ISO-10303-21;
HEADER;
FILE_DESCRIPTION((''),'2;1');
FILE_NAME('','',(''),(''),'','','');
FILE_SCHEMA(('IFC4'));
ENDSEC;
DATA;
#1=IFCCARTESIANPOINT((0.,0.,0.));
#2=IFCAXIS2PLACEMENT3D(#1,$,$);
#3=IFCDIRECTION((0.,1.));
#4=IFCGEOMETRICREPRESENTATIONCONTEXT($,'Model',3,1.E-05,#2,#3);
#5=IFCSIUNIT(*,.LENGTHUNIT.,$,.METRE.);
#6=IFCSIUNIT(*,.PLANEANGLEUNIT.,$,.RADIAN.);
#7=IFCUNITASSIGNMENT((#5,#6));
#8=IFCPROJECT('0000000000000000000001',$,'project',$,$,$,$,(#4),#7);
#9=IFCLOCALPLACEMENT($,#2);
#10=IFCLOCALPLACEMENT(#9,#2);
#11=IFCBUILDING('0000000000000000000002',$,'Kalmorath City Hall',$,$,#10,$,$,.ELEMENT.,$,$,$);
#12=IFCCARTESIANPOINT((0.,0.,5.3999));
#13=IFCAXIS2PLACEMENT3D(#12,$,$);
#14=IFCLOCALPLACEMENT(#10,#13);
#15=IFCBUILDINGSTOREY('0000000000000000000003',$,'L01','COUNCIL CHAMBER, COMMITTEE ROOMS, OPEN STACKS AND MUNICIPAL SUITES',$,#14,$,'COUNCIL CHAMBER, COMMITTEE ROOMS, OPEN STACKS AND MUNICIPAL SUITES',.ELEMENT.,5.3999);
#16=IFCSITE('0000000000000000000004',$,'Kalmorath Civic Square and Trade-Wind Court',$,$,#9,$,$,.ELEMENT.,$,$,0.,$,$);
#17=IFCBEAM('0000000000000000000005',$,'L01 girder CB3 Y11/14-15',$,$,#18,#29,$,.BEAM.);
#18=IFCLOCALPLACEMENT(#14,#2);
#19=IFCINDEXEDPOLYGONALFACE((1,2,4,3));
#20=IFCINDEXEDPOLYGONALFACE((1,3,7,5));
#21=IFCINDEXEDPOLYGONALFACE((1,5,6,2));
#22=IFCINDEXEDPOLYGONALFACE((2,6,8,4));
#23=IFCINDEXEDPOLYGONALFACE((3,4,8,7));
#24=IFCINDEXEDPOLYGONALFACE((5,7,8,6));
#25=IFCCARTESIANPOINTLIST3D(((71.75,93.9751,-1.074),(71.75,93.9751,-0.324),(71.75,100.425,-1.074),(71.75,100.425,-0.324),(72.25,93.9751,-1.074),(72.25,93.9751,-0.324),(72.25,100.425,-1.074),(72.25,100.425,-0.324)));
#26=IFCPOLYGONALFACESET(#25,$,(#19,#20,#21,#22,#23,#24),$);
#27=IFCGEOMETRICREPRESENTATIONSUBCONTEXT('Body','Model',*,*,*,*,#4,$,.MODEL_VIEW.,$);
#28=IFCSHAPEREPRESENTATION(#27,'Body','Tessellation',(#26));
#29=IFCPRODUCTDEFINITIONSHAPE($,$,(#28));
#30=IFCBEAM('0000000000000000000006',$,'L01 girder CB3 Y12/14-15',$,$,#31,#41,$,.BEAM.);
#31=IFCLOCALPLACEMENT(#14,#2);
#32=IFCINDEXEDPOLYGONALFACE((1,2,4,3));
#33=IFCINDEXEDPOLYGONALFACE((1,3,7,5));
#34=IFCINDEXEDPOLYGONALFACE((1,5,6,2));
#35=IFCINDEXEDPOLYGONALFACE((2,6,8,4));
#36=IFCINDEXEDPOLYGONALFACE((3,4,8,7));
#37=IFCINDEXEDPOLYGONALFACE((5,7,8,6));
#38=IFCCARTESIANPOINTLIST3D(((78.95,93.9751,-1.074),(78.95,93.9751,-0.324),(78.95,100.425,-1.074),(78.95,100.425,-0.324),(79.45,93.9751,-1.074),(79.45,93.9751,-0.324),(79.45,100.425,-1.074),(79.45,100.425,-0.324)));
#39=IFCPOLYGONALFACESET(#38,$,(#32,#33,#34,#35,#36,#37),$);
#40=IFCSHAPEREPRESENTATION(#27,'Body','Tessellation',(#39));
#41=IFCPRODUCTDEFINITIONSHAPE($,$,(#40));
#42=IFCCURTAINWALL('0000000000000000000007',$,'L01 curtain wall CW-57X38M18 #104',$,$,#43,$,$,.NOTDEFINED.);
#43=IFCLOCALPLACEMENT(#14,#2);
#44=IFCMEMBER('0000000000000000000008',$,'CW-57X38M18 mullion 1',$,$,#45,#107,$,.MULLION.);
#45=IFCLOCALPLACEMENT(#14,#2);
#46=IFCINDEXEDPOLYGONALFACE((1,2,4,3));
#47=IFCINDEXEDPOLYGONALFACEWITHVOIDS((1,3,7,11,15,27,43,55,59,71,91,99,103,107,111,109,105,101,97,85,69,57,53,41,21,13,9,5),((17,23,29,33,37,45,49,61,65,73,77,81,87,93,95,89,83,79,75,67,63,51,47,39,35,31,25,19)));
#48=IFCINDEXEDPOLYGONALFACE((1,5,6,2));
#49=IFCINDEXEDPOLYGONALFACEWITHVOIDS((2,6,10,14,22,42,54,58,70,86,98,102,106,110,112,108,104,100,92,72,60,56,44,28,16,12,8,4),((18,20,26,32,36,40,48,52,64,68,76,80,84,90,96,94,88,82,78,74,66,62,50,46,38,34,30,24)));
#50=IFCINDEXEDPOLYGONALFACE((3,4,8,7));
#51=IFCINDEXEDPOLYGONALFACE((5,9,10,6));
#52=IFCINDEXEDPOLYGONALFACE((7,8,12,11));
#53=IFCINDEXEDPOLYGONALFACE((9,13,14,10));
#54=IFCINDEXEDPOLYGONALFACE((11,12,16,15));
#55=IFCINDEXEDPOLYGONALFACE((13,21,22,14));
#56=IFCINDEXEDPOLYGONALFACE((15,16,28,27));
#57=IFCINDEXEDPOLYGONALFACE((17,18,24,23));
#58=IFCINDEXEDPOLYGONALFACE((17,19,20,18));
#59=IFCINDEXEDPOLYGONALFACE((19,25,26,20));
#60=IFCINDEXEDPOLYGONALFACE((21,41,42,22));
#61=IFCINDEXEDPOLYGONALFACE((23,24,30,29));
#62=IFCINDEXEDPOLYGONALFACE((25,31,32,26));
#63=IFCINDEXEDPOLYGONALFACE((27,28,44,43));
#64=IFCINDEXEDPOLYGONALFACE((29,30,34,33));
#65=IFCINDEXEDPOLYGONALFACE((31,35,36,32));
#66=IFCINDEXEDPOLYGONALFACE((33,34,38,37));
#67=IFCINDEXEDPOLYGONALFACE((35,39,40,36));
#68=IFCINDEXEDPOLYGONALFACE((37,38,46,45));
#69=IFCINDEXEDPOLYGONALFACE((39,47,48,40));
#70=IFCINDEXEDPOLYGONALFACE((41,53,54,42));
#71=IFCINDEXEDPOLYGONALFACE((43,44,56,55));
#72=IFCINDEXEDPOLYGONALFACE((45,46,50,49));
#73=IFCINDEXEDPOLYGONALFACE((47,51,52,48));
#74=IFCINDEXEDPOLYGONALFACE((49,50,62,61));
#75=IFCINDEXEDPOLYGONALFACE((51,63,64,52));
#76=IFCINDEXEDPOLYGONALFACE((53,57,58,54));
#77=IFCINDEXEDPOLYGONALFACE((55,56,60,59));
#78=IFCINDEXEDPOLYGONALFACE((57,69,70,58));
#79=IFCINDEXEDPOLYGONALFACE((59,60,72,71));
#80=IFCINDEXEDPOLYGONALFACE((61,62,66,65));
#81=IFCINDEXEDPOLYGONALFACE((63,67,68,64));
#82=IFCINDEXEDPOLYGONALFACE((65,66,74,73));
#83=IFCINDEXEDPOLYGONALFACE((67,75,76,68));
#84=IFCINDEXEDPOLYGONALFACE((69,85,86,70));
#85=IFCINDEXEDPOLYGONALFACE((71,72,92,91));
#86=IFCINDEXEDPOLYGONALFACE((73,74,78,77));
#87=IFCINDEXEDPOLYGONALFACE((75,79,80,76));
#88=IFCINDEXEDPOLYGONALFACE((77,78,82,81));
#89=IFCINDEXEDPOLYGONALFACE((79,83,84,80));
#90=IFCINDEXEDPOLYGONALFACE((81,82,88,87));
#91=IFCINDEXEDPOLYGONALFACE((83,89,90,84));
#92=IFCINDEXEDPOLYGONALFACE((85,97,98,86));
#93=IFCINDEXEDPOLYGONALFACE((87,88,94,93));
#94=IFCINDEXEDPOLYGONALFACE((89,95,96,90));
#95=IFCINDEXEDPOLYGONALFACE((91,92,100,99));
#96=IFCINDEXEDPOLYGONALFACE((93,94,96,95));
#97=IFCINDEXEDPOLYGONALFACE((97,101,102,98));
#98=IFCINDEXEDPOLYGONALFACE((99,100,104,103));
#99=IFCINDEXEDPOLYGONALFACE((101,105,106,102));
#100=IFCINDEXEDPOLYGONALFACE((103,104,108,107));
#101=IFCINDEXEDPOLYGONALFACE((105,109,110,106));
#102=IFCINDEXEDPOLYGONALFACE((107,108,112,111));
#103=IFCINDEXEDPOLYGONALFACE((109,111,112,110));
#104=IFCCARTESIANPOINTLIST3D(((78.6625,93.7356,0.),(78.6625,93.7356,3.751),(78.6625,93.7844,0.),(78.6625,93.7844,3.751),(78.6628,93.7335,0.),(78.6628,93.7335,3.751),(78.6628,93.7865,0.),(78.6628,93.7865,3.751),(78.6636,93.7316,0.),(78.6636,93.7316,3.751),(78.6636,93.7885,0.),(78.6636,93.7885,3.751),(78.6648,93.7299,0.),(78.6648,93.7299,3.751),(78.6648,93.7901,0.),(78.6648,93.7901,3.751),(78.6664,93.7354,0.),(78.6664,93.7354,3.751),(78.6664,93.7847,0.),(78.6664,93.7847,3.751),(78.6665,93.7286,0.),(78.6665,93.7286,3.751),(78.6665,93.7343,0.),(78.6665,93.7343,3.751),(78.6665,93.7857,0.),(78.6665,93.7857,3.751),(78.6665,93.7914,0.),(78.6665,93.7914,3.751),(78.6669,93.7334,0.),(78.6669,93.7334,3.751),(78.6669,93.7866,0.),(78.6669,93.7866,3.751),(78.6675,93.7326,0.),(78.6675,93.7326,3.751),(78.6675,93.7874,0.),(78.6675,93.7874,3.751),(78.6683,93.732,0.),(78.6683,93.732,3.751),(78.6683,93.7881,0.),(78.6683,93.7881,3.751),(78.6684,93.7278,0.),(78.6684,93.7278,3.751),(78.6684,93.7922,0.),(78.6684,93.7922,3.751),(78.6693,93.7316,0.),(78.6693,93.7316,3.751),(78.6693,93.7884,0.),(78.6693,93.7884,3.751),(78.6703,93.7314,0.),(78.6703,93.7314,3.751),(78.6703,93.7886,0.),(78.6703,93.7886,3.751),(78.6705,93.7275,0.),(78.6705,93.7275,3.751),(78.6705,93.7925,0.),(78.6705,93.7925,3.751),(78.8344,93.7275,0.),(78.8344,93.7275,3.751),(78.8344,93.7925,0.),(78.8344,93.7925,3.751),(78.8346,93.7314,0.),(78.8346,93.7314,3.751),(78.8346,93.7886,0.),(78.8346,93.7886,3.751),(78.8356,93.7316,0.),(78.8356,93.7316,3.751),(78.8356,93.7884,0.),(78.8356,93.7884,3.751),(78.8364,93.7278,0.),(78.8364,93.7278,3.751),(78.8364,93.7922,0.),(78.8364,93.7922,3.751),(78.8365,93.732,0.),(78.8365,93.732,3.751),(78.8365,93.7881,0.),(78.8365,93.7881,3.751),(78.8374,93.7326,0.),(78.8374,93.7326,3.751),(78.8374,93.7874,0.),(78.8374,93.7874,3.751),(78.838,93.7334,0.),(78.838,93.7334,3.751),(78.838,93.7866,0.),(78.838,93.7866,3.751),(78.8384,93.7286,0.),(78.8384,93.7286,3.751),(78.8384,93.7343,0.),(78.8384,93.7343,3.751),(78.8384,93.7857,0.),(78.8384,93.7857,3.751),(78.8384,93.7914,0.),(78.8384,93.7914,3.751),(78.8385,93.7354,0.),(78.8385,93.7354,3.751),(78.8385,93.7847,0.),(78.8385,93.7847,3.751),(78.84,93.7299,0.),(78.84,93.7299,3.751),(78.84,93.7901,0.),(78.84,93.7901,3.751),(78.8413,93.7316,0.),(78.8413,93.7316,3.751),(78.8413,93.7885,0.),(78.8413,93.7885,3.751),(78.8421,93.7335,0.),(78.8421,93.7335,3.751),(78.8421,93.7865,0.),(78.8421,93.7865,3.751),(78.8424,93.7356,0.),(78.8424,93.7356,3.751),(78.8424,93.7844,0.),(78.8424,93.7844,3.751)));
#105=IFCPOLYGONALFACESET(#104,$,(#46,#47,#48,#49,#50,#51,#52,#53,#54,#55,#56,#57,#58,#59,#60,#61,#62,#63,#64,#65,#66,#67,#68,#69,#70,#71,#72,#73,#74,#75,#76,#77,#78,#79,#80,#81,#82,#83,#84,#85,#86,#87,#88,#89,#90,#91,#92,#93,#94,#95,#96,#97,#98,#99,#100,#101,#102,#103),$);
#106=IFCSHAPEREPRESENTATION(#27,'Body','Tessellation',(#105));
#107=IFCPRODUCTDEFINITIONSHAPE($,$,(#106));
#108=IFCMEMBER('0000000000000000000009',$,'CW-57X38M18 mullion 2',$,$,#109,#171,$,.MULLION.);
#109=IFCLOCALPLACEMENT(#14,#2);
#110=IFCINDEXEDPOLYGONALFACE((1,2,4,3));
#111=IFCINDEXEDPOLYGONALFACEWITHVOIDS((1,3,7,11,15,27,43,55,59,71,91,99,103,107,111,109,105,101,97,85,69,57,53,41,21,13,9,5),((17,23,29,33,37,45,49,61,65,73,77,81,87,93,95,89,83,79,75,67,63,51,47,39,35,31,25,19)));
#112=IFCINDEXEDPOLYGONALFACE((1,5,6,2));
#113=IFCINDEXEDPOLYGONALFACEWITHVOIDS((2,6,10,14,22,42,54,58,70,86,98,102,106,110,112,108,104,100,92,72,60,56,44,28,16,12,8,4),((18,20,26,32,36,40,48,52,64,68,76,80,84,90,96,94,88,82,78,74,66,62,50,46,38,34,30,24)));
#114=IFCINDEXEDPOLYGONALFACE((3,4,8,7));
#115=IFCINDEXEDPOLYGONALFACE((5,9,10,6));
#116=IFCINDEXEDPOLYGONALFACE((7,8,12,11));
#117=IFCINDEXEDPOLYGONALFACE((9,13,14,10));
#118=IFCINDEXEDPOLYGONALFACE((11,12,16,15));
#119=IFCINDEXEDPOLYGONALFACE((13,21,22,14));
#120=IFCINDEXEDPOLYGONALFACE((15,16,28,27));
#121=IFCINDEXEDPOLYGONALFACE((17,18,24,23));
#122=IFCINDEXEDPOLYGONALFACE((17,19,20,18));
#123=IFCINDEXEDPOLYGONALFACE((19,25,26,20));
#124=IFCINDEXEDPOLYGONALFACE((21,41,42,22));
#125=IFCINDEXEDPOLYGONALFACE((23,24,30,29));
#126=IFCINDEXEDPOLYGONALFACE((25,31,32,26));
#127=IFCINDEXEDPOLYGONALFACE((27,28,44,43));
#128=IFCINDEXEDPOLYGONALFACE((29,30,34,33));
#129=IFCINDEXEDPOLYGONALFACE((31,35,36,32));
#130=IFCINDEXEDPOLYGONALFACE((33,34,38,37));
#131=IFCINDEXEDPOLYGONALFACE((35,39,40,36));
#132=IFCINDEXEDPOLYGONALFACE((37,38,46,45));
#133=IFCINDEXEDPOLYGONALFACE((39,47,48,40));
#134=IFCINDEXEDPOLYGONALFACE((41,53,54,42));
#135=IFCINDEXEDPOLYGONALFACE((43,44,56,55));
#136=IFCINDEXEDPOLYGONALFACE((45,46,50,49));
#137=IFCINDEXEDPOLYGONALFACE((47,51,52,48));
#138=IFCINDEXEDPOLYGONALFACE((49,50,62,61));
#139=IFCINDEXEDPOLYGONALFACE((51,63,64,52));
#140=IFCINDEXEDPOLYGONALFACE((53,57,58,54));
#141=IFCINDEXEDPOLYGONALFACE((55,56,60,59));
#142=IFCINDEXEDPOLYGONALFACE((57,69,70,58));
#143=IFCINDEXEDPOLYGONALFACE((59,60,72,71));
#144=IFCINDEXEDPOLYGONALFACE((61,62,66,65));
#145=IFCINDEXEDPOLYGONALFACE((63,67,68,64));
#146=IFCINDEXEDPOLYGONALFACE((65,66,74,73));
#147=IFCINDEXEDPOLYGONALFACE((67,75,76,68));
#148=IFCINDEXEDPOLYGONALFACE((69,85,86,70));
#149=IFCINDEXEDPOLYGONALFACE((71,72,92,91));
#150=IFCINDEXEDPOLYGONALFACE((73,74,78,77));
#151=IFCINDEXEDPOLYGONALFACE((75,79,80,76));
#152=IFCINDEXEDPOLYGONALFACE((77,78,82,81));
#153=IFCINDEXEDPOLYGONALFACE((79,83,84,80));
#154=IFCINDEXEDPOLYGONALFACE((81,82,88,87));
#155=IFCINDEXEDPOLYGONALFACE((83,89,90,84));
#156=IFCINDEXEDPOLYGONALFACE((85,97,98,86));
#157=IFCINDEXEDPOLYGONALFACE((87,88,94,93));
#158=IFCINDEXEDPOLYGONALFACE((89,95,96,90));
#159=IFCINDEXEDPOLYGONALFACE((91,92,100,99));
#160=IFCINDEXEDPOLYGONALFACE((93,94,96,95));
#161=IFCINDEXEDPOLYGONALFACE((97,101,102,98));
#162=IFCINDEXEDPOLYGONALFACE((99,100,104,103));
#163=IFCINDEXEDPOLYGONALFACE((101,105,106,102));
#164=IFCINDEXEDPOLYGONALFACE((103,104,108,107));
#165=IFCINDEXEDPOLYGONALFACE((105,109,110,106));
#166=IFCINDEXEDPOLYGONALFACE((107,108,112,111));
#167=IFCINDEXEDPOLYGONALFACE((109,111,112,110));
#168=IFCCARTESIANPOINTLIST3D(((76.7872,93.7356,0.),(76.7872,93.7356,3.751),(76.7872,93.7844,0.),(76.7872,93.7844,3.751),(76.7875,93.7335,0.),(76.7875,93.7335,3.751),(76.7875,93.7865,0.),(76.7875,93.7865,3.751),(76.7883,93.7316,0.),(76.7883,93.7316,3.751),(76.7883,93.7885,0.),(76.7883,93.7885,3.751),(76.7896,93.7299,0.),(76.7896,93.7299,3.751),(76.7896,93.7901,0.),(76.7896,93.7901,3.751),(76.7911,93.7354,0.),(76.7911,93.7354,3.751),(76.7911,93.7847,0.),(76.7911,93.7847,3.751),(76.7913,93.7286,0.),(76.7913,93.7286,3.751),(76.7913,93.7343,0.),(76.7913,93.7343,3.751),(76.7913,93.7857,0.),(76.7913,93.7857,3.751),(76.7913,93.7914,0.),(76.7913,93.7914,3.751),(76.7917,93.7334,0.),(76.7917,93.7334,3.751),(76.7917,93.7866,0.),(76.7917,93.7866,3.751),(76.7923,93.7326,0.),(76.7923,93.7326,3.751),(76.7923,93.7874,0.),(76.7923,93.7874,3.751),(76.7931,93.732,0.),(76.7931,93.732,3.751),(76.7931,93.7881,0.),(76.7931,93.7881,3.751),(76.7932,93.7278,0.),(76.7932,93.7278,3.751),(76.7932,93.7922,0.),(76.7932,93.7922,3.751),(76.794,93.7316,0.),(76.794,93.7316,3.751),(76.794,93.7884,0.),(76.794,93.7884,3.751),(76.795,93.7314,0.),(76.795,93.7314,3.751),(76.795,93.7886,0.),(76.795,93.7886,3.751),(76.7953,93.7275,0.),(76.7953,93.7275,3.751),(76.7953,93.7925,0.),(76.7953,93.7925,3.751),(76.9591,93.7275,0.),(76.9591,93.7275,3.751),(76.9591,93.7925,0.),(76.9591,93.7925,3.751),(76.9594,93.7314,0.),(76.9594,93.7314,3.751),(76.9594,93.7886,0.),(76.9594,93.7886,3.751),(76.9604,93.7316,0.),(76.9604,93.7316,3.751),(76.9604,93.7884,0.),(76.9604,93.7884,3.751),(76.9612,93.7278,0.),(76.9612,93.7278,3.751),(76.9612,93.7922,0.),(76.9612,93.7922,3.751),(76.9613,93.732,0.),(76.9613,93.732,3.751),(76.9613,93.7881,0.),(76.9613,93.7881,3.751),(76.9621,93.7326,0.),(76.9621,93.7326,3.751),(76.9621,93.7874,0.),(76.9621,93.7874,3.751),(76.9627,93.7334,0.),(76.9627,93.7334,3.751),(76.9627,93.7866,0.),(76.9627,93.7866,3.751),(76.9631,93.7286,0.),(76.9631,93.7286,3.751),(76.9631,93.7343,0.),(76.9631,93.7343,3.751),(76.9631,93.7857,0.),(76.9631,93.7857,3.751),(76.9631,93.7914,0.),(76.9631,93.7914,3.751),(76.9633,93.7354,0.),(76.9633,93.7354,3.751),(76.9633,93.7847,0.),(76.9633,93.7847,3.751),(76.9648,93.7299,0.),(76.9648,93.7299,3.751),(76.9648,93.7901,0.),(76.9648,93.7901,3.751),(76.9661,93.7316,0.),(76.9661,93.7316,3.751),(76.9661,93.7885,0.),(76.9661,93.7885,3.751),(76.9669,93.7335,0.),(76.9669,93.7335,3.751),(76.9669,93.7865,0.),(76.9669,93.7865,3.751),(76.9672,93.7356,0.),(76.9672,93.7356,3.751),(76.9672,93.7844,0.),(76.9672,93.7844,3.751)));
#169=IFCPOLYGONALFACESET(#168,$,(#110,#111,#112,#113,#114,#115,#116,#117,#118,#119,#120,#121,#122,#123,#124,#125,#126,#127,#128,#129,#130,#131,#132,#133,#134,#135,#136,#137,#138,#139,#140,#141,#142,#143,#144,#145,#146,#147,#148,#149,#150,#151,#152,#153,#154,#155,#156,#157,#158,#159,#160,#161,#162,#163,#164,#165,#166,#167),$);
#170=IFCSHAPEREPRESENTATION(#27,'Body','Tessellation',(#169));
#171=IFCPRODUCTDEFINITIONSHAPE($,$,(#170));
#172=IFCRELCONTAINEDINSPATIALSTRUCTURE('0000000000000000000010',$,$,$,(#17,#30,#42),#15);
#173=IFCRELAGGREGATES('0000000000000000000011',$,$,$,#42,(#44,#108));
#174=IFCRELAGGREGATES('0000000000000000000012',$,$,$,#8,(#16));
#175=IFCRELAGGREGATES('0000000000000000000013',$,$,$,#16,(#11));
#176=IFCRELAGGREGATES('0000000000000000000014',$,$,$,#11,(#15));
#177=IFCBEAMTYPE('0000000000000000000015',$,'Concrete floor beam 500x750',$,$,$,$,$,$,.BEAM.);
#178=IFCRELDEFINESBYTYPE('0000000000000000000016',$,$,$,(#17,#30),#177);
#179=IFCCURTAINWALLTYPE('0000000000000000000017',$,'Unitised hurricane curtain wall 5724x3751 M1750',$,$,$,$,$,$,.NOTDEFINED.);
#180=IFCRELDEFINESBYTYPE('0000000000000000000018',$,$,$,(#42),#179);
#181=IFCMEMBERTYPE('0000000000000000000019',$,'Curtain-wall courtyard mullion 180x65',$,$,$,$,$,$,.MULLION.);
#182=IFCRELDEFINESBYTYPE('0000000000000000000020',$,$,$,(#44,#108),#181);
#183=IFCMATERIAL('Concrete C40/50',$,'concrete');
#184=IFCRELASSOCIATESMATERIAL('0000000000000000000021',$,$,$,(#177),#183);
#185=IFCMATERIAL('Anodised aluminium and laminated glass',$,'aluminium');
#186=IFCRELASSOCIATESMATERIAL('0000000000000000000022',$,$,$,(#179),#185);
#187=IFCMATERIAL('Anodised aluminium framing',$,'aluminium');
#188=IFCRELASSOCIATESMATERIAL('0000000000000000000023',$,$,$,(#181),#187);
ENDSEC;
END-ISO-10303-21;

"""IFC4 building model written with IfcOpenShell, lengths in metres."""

from ifc_helpers import new_model, si_unit, direction, frame, origin, origin_2d, place, context, subcontext, project, spatial, rectangle, hollow_rectangle, extrude, material, material_profile, profile_set, type_object, element, aggregate, save


model = new_model("IFC4")

# Units and contexts
model_context = context("Model", 3, precision=1e-05, world=origin(), true_north=direction((0.0, 1.0)))
body_context = subcontext(model_context, "Body", "Model", "MODEL_VIEW")
ifc_project = project(units=[si_unit("LENGTHUNIT", "METRE"), si_unit("PLANEANGLEUNIT", "RADIAN")], contexts=[model_context])

# Site, building, storey
site_placement = place(None, origin())
site = spatial("IfcSite", under=ifc_project, at=site_placement, Name="Kalmorath Civic Square and Trade-Wind Court", CompositionType="ELEMENT", RefElevation=0.0)
building_placement = place(site_placement, origin())
building = spatial("IfcBuilding", under=site, at=building_placement, Name="Kalmorath City Hall", CompositionType="ELEMENT")
storey_placement = place(building_placement, frame((0.0, 0.0, 5.3999)))
storey = spatial("IfcBuildingStorey", under=building, at=storey_placement, Name="L01", Description="COUNCIL CHAMBER, COMMITTEE ROOMS, OPEN STACKS AND MUNICIPAL SUITES", LongName="COUNCIL CHAMBER, COMMITTEE ROOMS, OPEN STACKS AND MUNICIPAL SUITES", CompositionType="ELEMENT", Elevation=5.3999)

# Beams
ifc_material_1 = material(Name="Concrete C40/50", Category="concrete")
ifc_material_profile_1 = material_profile(ifc_material_1, rectangle(XDim=0.5, YDim=0.75, at=origin_2d()), Name="RC-BM-500X750")
ifc_profile_set_1 = profile_set([ifc_material_profile_1], Name="Concrete C40/50")
beam_type = type_object("IfcBeamType", Name="Concrete floor beam 500x750", PredefinedType="BEAM", material=ifc_profile_set_1)
for number, where, z_axis, x_axis, name in (
    (1, (72.0, 93.9751, -0.699), (0.0, 1.0, 0.0), (-1.0, 0.0, 0.0), "L01 girder CB3 Y11/14-15"),
    (2, (79.2, 93.9751, -0.699), (0.0, 1.0, 0.0), (-1.0, 0.0, 0.0), "L01 girder CB3 Y12/14-15"),
):
    element("IfcBeam", number, at=place(storey_placement, frame(where, z_axis=z_axis, x_axis=x_axis)), inside=storey, type_object=beam_type, Name=name, PredefinedType="BEAM", context=body_context, shape_type="SweptSolid", body=[
        extrude(rectangle(XDim=0.5, YDim=0.75, at=origin_2d()), origin(), (0.0, 0.0, 1.0), 6.45),
    ])

# Curtain wall, members
ifc_material_2 = material(Name="Anodised aluminium and laminated glass", Category="aluminium")
curtain_wall_type = type_object("IfcCurtainWallType", Name="Unitised hurricane curtain wall 5724x3751 M1750", PredefinedType="NOTDEFINED", material=ifc_material_2)
curtain_wall_placement = place(storey_placement, origin())
curtain_wall = element("IfcCurtainWall", 3, at=curtain_wall_placement, inside=storey, type_object=curtain_wall_type, Name="L01 curtain wall CW-57X38M18 #104", PredefinedType="NOTDEFINED")
ifc_material_3 = material(Name="Anodised aluminium framing", Category="aluminium")
ifc_material_profile_2 = material_profile(ifc_material_3, hollow_rectangle(XDim=0.0649, YDim=0.1799, WallThickness=0.0039, InnerFilletRadius=0.0039, OuterFilletRadius=0.0081, at=origin_2d()), Name="ALU-MUL-180X65X4")
ifc_profile_set_2 = profile_set([ifc_material_profile_2], Name="Anodised aluminium framing")
member_type_1 = type_object("IfcMemberType", Name="Curtain-wall courtyard mullion 180x65", PredefinedType="MULLION", material=ifc_profile_set_2)
member_1_placement = place(storey_placement, frame((78.7524, 93.76, 0.0), z_axis=(0.0, 0.0, 1.0), x_axis=(0.0, -1.0, 0.0)))
member_1 = element("IfcMember", 4, at=member_1_placement, type_object=member_type_1, Name="CW-57X38M18 mullion 1", PredefinedType="MULLION", context=body_context, shape_type="SweptSolid", body=[
    extrude(hollow_rectangle(XDim=0.0649, YDim=0.1799, WallThickness=0.0039, InnerFilletRadius=0.0039, OuterFilletRadius=0.0081, at=origin_2d()), origin(), (0.0, 0.0, 1.0), 3.751),
])
member_2_placement = place(storey_placement, frame((76.8772, 93.76, 0.0), z_axis=(0.0, 0.0, 1.0), x_axis=(0.0, -1.0, 0.0)))
member_2 = element("IfcMember", 5, at=member_2_placement, type_object=member_type_1, Name="CW-57X38M18 mullion 2", PredefinedType="MULLION", context=body_context, shape_type="SweptSolid", body=[
    extrude(hollow_rectangle(XDim=0.0649, YDim=0.1799, WallThickness=0.0039, InnerFilletRadius=0.0039, OuterFilletRadius=0.0081, at=origin_2d()), origin(), (0.0, 0.0, 1.0), 3.751),
])
aggregate(curtain_wall, [member_1, member_2])

save(model, "model.ifc")
